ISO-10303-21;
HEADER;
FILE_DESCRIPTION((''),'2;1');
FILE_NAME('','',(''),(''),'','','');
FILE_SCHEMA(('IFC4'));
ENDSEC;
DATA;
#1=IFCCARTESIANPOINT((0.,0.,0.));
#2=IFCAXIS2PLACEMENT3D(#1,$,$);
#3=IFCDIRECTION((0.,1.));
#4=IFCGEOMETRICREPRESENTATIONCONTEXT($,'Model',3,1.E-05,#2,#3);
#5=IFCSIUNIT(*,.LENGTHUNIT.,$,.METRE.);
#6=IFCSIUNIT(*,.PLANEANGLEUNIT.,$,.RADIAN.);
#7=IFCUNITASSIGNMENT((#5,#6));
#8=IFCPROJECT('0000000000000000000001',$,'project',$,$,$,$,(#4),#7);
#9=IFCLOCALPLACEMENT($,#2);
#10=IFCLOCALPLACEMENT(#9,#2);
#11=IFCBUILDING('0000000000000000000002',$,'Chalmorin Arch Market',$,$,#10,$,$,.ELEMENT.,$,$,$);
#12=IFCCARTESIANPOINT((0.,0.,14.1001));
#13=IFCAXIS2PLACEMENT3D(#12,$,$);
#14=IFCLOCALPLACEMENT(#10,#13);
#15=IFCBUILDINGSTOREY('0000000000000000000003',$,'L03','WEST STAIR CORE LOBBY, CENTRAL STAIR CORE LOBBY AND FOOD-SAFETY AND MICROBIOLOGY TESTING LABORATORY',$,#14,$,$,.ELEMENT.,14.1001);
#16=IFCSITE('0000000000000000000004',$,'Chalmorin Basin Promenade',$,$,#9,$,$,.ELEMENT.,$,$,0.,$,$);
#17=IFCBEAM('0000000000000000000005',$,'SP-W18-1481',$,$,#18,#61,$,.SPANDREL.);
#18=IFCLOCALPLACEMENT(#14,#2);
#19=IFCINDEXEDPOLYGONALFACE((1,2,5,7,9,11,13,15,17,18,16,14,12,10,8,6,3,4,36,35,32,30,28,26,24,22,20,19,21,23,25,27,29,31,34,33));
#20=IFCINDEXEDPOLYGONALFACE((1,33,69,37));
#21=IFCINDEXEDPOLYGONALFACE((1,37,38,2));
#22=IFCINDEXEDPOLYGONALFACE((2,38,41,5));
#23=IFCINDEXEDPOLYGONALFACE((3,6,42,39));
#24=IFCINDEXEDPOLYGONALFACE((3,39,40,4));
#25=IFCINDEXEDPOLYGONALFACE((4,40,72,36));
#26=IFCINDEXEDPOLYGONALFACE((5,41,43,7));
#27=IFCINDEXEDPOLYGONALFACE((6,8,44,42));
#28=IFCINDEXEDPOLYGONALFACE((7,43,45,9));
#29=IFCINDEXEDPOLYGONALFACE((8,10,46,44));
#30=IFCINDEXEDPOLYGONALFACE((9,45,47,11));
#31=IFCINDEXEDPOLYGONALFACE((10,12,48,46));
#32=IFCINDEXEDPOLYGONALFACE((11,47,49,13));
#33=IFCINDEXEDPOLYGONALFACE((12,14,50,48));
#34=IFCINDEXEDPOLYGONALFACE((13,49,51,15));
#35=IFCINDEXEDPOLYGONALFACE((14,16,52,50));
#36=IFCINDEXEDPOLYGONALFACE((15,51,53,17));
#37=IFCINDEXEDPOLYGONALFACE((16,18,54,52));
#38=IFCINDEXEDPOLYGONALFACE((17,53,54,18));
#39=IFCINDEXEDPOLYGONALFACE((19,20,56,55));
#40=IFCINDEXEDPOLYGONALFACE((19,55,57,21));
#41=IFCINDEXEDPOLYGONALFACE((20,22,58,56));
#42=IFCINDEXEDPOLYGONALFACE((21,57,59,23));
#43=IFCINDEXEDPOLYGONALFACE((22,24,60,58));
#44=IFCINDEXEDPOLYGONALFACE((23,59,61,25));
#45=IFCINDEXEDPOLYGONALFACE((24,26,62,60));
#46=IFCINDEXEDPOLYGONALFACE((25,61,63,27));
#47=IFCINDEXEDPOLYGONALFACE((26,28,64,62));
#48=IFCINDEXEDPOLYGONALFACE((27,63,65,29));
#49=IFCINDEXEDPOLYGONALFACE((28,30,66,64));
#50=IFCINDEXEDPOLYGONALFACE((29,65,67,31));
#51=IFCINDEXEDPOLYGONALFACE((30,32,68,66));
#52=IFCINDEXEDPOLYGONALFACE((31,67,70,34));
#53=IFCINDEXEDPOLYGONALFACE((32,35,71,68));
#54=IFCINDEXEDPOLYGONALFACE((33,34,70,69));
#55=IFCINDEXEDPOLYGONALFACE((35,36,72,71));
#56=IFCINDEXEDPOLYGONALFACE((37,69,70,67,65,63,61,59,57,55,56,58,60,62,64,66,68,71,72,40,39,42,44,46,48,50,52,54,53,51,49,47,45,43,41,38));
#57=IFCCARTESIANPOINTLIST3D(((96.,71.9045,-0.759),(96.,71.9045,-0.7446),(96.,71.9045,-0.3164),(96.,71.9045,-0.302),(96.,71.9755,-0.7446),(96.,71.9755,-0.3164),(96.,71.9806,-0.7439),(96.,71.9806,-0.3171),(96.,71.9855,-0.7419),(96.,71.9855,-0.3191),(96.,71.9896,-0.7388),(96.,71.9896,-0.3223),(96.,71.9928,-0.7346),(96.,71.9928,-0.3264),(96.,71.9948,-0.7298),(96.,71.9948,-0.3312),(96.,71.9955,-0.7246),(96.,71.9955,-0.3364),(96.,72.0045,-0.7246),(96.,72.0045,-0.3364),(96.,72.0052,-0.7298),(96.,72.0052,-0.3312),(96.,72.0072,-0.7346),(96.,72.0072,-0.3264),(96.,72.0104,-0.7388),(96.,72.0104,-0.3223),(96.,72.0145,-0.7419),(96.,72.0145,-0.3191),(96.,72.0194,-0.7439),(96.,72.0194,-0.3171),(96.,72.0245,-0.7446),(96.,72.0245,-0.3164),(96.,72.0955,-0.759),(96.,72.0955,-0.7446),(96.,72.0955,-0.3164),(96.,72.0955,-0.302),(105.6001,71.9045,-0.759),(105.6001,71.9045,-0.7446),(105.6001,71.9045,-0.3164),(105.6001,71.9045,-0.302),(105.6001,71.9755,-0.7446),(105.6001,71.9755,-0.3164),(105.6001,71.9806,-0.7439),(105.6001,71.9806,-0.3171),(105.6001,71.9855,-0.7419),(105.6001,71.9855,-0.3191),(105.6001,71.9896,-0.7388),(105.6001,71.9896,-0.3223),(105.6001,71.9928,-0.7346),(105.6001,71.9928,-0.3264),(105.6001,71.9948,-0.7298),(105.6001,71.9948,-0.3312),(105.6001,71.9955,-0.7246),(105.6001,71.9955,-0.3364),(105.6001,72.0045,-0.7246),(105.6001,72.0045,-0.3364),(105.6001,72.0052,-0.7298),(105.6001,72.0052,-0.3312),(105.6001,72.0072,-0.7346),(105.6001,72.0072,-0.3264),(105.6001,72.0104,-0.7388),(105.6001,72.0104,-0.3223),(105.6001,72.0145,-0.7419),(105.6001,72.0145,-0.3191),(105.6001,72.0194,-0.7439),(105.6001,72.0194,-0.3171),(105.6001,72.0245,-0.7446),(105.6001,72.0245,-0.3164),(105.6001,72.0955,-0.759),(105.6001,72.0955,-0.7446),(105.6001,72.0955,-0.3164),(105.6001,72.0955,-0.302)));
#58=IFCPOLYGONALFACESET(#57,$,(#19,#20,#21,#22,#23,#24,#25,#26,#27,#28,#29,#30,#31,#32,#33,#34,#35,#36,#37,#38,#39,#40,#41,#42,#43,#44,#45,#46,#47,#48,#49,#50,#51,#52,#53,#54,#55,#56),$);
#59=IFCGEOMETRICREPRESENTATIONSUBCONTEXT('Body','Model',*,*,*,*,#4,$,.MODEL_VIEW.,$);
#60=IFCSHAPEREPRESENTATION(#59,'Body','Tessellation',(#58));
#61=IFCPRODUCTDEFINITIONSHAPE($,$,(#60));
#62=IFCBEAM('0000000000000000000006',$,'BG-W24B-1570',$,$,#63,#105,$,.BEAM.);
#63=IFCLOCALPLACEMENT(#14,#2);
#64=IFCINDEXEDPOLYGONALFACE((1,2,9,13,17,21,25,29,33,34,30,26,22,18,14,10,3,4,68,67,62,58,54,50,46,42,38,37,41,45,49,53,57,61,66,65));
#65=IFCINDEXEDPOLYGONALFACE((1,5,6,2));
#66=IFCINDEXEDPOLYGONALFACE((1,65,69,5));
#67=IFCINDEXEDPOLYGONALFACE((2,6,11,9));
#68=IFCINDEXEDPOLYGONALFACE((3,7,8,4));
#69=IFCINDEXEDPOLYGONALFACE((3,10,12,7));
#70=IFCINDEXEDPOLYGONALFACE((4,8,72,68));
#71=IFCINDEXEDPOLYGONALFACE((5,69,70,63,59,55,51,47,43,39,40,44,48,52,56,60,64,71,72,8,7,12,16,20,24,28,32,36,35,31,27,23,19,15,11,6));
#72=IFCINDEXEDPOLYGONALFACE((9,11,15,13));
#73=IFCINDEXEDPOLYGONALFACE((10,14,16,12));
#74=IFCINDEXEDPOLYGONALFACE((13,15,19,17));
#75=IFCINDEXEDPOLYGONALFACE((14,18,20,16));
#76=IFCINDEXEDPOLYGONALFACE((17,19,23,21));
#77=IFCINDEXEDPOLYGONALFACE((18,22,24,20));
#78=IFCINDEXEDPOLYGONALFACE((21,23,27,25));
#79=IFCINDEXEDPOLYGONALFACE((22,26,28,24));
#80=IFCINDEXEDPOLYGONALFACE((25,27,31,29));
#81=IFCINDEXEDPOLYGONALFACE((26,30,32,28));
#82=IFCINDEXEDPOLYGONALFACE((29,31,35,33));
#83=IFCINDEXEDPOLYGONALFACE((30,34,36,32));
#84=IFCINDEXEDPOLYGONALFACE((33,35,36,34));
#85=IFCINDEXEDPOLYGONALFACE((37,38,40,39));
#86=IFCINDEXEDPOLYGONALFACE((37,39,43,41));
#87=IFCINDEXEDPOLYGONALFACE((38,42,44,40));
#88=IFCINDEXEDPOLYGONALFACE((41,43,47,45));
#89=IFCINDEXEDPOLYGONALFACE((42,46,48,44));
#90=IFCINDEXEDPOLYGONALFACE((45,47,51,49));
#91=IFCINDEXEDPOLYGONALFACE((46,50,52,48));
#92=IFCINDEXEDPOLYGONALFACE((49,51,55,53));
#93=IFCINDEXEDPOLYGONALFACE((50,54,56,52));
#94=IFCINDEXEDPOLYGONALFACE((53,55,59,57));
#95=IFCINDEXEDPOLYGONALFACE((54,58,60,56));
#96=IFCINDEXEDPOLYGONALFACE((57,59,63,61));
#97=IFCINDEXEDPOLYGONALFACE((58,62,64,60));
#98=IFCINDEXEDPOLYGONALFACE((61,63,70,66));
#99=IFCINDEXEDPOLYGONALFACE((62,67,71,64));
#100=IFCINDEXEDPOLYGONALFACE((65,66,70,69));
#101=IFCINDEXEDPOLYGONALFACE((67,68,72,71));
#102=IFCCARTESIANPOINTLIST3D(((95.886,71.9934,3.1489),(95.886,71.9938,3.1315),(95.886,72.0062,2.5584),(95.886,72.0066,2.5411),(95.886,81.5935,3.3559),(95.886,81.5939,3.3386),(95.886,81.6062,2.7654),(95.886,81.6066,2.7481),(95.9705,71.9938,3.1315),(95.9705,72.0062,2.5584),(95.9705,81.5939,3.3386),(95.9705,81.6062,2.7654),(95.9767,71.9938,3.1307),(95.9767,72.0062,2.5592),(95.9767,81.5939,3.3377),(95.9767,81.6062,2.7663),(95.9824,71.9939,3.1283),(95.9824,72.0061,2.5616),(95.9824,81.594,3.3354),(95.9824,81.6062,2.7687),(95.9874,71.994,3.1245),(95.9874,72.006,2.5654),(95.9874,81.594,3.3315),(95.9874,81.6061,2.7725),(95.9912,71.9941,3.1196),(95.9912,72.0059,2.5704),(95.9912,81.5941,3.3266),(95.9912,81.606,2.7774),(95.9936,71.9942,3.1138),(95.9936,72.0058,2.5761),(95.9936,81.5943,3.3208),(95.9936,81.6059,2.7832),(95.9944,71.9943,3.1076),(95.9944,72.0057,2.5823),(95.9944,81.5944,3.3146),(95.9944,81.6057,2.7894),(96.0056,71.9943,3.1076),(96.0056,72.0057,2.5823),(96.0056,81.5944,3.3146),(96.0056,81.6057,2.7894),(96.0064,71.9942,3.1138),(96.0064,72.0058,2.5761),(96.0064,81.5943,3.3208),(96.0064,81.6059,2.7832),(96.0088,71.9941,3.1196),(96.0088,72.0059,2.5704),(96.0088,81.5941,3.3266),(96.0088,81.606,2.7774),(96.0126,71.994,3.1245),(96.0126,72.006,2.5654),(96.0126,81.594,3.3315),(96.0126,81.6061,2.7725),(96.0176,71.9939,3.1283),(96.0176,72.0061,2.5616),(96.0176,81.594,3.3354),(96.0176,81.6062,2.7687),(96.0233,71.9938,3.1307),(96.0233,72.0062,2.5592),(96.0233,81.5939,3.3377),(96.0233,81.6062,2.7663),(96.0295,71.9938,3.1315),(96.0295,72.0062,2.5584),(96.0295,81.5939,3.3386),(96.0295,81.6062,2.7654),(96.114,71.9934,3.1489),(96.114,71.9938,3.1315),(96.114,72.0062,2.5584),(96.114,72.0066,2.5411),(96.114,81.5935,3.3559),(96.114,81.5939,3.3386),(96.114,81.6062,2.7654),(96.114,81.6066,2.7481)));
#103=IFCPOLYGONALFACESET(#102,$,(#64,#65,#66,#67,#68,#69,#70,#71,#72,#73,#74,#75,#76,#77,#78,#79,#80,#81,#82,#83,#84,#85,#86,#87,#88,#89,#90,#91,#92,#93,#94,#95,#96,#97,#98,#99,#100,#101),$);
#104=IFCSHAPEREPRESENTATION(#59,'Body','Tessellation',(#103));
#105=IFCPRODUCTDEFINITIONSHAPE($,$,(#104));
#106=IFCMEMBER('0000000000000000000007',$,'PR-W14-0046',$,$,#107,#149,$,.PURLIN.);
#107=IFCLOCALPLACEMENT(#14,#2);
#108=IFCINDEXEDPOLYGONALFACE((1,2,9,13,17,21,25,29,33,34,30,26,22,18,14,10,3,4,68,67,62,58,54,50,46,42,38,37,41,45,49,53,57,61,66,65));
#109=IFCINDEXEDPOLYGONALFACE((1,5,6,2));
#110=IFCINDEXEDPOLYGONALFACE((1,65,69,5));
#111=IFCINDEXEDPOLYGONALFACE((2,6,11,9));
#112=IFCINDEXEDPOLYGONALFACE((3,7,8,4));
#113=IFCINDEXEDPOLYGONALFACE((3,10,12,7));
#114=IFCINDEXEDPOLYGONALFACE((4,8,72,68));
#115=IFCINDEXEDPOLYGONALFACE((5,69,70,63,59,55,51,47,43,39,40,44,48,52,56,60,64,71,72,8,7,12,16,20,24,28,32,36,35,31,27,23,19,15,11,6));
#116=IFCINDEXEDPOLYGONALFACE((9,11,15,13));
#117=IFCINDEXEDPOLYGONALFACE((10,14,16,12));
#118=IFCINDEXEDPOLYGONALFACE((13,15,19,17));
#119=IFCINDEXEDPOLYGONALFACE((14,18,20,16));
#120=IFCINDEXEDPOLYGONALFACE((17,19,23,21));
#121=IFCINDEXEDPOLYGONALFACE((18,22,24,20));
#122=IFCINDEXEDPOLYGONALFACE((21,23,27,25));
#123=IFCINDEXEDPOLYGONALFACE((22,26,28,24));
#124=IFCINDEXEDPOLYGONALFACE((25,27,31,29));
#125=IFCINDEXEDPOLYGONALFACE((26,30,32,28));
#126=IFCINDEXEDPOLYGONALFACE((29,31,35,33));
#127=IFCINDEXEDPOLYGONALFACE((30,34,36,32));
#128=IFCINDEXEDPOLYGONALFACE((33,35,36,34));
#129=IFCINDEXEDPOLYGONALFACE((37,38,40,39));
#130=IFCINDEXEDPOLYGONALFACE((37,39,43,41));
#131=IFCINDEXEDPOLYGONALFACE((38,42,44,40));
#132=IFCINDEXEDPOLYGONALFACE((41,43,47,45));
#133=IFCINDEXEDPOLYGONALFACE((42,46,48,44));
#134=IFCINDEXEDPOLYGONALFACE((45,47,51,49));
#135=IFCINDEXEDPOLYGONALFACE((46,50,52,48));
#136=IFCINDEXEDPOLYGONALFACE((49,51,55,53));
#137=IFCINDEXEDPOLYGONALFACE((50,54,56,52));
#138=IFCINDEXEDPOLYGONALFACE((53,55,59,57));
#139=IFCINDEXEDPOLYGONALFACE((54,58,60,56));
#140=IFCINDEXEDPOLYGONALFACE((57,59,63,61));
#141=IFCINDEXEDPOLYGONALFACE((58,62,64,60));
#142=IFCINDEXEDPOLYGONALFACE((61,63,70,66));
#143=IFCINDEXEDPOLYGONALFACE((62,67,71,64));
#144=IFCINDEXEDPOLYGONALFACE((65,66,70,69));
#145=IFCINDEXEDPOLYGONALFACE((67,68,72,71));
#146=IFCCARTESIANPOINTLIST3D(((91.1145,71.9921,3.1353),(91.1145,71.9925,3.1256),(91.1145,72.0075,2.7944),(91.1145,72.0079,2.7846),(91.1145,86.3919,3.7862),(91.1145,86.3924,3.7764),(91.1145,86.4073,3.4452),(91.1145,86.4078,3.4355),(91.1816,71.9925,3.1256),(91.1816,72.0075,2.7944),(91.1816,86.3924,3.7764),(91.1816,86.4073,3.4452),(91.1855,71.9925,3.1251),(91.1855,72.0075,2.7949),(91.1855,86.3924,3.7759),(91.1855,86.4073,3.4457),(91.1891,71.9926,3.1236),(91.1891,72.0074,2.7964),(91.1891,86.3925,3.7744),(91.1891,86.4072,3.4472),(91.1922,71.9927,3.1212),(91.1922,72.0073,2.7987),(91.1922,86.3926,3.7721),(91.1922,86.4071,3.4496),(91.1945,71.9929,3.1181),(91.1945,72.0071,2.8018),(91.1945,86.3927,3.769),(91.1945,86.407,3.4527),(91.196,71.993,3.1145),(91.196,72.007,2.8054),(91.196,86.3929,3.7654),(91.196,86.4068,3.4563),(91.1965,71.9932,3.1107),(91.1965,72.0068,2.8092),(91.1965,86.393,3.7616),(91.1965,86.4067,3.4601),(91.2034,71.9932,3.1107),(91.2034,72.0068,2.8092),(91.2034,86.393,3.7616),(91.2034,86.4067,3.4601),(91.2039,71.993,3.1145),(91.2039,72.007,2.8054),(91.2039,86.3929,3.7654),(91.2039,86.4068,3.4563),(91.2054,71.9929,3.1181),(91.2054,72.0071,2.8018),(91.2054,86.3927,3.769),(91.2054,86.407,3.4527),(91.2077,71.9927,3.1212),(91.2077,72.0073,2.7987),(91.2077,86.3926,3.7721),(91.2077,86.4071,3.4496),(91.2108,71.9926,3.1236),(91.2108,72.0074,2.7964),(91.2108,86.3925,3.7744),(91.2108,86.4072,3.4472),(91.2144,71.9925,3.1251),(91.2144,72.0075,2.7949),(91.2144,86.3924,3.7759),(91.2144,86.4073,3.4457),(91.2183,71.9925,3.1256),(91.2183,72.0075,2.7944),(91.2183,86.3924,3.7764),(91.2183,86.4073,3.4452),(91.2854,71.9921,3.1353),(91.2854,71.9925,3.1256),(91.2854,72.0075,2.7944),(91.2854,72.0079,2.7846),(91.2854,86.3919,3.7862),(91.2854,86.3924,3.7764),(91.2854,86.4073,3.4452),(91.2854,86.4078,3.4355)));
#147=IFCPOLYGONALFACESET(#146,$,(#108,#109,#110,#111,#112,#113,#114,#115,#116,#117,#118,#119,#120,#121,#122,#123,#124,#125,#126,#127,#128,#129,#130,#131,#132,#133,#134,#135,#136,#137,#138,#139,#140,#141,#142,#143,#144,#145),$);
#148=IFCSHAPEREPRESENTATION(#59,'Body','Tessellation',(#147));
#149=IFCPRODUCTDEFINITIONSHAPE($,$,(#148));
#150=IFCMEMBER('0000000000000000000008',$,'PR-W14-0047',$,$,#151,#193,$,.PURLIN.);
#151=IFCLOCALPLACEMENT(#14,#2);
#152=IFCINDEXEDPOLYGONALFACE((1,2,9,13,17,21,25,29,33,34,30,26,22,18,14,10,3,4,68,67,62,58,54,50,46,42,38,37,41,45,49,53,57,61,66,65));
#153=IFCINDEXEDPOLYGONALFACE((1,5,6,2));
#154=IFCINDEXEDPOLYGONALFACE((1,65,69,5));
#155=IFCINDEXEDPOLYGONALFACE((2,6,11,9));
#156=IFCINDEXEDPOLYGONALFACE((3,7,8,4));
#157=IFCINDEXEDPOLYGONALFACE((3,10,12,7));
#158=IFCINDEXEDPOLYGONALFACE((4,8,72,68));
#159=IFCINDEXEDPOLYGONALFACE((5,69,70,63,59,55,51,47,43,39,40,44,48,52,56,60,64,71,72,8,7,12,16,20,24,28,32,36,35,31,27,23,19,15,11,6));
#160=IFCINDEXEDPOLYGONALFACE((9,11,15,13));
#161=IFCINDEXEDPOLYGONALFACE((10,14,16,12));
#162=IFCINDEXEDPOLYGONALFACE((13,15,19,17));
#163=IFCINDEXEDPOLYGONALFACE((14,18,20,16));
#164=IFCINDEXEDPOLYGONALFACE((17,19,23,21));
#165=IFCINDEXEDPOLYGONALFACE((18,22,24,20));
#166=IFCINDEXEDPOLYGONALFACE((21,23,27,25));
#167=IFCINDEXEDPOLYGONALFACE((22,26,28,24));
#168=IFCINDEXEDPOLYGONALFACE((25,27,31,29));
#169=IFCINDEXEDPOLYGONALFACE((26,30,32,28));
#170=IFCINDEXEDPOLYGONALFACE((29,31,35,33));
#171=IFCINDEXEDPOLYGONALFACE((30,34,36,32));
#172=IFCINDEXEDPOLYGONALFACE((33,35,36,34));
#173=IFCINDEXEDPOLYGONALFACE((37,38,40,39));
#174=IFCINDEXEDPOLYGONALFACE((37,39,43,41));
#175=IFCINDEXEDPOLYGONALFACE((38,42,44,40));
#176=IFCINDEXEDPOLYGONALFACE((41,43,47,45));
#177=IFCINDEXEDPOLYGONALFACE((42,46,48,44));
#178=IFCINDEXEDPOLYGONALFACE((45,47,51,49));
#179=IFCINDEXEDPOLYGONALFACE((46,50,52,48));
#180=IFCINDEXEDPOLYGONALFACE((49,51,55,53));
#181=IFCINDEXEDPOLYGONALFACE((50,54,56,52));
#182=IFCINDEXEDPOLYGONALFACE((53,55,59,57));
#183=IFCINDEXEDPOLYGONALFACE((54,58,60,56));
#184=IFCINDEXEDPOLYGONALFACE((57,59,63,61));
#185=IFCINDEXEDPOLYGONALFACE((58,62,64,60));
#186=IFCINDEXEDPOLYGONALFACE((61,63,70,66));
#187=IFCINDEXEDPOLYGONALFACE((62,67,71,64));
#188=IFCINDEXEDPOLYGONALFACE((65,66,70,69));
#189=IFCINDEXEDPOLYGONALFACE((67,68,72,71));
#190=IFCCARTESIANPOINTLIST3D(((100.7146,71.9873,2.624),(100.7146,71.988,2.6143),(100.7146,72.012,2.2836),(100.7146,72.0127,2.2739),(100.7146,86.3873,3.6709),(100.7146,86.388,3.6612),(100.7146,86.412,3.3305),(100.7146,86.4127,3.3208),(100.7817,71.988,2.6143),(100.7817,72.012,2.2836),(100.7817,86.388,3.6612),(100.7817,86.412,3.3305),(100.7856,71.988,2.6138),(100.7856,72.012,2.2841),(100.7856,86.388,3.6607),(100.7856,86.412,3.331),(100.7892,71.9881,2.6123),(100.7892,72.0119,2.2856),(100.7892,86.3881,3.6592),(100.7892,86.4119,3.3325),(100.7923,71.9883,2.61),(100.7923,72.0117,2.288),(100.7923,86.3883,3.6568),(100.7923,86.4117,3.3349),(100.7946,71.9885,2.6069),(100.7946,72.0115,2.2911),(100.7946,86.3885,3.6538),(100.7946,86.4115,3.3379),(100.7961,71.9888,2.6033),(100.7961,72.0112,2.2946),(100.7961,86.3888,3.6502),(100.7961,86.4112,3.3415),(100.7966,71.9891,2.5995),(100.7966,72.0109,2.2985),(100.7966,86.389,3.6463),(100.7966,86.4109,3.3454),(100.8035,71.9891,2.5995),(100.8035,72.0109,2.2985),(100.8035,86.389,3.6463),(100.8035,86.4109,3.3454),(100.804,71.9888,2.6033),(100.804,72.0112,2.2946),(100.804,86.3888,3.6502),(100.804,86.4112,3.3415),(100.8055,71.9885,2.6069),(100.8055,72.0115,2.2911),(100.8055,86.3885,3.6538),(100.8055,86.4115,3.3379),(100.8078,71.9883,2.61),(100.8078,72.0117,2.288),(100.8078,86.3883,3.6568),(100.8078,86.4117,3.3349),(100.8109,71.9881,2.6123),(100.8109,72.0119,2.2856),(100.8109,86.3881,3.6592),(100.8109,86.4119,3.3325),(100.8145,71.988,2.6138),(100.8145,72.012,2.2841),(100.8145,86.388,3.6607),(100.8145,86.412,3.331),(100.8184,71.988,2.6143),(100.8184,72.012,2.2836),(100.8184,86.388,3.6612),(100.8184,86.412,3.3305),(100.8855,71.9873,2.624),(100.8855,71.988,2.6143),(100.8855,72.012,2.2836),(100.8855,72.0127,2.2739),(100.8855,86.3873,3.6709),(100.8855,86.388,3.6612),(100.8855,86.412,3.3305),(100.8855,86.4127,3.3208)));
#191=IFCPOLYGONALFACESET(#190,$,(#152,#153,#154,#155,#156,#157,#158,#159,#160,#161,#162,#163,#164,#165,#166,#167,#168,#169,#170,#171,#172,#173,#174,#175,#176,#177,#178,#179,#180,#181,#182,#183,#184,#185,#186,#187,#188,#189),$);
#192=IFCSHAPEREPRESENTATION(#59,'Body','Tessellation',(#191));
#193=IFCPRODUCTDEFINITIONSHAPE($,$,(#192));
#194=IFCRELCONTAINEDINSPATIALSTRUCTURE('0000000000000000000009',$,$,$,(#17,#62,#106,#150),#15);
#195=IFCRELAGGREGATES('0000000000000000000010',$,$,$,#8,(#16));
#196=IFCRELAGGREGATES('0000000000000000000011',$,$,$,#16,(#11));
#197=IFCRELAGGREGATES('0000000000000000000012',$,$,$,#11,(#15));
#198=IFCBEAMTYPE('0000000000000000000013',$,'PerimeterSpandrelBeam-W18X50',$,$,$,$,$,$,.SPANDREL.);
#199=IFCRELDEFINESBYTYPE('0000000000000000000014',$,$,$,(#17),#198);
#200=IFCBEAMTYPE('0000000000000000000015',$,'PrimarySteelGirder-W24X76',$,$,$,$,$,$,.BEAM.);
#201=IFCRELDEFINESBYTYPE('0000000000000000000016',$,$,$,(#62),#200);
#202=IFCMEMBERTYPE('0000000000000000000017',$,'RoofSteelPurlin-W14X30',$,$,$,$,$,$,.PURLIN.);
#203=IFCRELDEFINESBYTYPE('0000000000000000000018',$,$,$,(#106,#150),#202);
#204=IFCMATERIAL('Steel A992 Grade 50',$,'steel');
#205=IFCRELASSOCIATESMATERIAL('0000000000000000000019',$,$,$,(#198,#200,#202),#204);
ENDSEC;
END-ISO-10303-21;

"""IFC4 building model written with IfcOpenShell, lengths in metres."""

from ifc_helpers import new_model, si_unit, direction, frame, origin, origin_2d, place, context, subcontext, project, spatial, i_section, extrude, material, material_profile, profile_set, type_object, element, save


model = new_model("IFC4")

# Units and contexts
model_context = context("Model", 3, precision=1e-05, world=origin(), true_north=direction((0.0, 1.0)))
body_context = subcontext(model_context, "Body", "Model", "MODEL_VIEW")
ifc_project = project(units=[si_unit("LENGTHUNIT", "METRE"), si_unit("PLANEANGLEUNIT", "RADIAN")], contexts=[model_context])

# Site, building, storey
site_placement = place(None, origin())
site = spatial("IfcSite", under=ifc_project, at=site_placement, Name="Chalmorin Basin Promenade", CompositionType="ELEMENT", RefElevation=0.0)
building_placement = place(site_placement, origin())
building = spatial("IfcBuilding", under=site, at=building_placement, Name="Chalmorin Arch Market", CompositionType="ELEMENT")
storey_placement = place(building_placement, frame((0.0, 0.0, 14.1001)))
storey = spatial("IfcBuildingStorey", under=building, at=storey_placement, Name="L03", Description="WEST STAIR CORE LOBBY, CENTRAL STAIR CORE LOBBY AND FOOD-SAFETY AND MICROBIOLOGY TESTING LABORATORY", CompositionType="ELEMENT", Elevation=14.1001)

# Beams
ifc_material_1 = material(Name="Steel A992 Grade 50", Category="steel")
ifc_material_profile_1 = material_profile(ifc_material_1, i_section(OverallWidth=0.1909, OverallDepth=0.457, WebThickness=0.009, FlangeThickness=0.0144, FilletRadius=0.02, at=origin_2d()), Name="W18X50")
ifc_profile_set_1 = profile_set([ifc_material_profile_1], Name="Steel A992 Grade 50")
beam_type_1 = type_object("IfcBeamType", Name="PerimeterSpandrelBeam-W18X50", PredefinedType="SPANDREL", material=ifc_profile_set_1)
for number, where, z_axis, x_axis, name in (
    (1, (96.0, 72.0, -0.5305), (1.0, 0.0, 0.0), (0.0, 1.0, 0.0), "SP-W18-1481"),
):
    element("IfcBeam", number, at=place(storey_placement, frame(where, z_axis=z_axis, x_axis=x_axis)), inside=storey, type_object=beam_type_1, Name=name, PredefinedType="SPANDREL", context=body_context, shape_type="SweptSolid", body=[
        extrude(i_section(OverallWidth=0.1909, OverallDepth=0.457, WebThickness=0.009, FlangeThickness=0.0144, FilletRadius=0.02, at=origin_2d()), origin(), (0.0, 0.0, 1.0), 9.6001),
    ])
ifc_material_profile_2 = material_profile(ifc_material_1, i_section(OverallWidth=0.228, OverallDepth=0.6079, WebThickness=0.0112, FlangeThickness=0.0173, FilletRadius=0.0239, at=origin_2d()), Name="W24X76")
ifc_profile_set_2 = profile_set([ifc_material_profile_2], Name="Steel A992 Grade 50")
beam_type_2 = type_object("IfcBeamType", Name="PrimarySteelGirder-W24X76", PredefinedType="BEAM", material=ifc_profile_set_2)
beam_1_placement = place(storey_placement, frame((96.0, 72.0, 2.845), z_axis=(0.0, 0.999768, 0.021561), x_axis=(-1.0, 0.0, 0.0)))
element("IfcBeam", 2, at=beam_1_placement, inside=storey, type_object=beam_type_2, Name="BG-W24B-1570", PredefinedType="BEAM", context=body_context, shape_type="SweptSolid", body=[
    extrude(i_section(OverallWidth=0.228, OverallDepth=0.6079, WebThickness=0.0112, FlangeThickness=0.0173, FilletRadius=0.0239, at=origin_2d()), origin(), (0.0, 0.0, 1.0), 9.6023),
])

# Members
ifc_material_profile_3 = material_profile(ifc_material_1, i_section(OverallWidth=0.1709, OverallDepth=0.3511, WebThickness=0.0068, FlangeThickness=0.0098, FilletRadius=0.0149, at=origin_2d()), Name="W14X30")
ifc_profile_set_3 = profile_set([ifc_material_profile_3], Name="Steel A992 Grade 50")
member_type_1 = type_object("IfcMemberType", Name="RoofSteelPurlin-W14X30", PredefinedType="PURLIN", material=ifc_profile_set_3)
member_1_placement = place(storey_placement, frame((91.2, 72.0, 2.96), z_axis=(0.0, 0.99898, 0.045154), x_axis=(-1.0, 0.0, 0.0)))
element("IfcMember", 3, at=member_1_placement, inside=storey, type_object=member_type_1, Name="PR-W14-0046", PredefinedType="PURLIN", context=body_context, shape_type="SweptSolid", body=[
    extrude(i_section(OverallWidth=0.1709, OverallDepth=0.3511, WebThickness=0.0068, FlangeThickness=0.0098, FilletRadius=0.0149, at=origin_2d()), origin(), (0.0, 0.0, 1.0), 14.4146),
])
member_2_placement = place(storey_placement, frame((100.8, 72.0, 2.449), z_axis=(0.0, 0.997368, 0.072509), x_axis=(-1.0, 0.0, 0.0)))
element("IfcMember", 4, at=member_2_placement, inside=storey, type_object=member_type_1, Name="PR-W14-0047", PredefinedType="PURLIN", context=body_context, shape_type="SweptSolid", body=[
    extrude(i_section(OverallWidth=0.1709, OverallDepth=0.3511, WebThickness=0.0068, FlangeThickness=0.0098, FilletRadius=0.0149, at=origin_2d()), origin(), (0.0, 0.0, 1.0), 14.438),
])

save(model, "model.ifc")
